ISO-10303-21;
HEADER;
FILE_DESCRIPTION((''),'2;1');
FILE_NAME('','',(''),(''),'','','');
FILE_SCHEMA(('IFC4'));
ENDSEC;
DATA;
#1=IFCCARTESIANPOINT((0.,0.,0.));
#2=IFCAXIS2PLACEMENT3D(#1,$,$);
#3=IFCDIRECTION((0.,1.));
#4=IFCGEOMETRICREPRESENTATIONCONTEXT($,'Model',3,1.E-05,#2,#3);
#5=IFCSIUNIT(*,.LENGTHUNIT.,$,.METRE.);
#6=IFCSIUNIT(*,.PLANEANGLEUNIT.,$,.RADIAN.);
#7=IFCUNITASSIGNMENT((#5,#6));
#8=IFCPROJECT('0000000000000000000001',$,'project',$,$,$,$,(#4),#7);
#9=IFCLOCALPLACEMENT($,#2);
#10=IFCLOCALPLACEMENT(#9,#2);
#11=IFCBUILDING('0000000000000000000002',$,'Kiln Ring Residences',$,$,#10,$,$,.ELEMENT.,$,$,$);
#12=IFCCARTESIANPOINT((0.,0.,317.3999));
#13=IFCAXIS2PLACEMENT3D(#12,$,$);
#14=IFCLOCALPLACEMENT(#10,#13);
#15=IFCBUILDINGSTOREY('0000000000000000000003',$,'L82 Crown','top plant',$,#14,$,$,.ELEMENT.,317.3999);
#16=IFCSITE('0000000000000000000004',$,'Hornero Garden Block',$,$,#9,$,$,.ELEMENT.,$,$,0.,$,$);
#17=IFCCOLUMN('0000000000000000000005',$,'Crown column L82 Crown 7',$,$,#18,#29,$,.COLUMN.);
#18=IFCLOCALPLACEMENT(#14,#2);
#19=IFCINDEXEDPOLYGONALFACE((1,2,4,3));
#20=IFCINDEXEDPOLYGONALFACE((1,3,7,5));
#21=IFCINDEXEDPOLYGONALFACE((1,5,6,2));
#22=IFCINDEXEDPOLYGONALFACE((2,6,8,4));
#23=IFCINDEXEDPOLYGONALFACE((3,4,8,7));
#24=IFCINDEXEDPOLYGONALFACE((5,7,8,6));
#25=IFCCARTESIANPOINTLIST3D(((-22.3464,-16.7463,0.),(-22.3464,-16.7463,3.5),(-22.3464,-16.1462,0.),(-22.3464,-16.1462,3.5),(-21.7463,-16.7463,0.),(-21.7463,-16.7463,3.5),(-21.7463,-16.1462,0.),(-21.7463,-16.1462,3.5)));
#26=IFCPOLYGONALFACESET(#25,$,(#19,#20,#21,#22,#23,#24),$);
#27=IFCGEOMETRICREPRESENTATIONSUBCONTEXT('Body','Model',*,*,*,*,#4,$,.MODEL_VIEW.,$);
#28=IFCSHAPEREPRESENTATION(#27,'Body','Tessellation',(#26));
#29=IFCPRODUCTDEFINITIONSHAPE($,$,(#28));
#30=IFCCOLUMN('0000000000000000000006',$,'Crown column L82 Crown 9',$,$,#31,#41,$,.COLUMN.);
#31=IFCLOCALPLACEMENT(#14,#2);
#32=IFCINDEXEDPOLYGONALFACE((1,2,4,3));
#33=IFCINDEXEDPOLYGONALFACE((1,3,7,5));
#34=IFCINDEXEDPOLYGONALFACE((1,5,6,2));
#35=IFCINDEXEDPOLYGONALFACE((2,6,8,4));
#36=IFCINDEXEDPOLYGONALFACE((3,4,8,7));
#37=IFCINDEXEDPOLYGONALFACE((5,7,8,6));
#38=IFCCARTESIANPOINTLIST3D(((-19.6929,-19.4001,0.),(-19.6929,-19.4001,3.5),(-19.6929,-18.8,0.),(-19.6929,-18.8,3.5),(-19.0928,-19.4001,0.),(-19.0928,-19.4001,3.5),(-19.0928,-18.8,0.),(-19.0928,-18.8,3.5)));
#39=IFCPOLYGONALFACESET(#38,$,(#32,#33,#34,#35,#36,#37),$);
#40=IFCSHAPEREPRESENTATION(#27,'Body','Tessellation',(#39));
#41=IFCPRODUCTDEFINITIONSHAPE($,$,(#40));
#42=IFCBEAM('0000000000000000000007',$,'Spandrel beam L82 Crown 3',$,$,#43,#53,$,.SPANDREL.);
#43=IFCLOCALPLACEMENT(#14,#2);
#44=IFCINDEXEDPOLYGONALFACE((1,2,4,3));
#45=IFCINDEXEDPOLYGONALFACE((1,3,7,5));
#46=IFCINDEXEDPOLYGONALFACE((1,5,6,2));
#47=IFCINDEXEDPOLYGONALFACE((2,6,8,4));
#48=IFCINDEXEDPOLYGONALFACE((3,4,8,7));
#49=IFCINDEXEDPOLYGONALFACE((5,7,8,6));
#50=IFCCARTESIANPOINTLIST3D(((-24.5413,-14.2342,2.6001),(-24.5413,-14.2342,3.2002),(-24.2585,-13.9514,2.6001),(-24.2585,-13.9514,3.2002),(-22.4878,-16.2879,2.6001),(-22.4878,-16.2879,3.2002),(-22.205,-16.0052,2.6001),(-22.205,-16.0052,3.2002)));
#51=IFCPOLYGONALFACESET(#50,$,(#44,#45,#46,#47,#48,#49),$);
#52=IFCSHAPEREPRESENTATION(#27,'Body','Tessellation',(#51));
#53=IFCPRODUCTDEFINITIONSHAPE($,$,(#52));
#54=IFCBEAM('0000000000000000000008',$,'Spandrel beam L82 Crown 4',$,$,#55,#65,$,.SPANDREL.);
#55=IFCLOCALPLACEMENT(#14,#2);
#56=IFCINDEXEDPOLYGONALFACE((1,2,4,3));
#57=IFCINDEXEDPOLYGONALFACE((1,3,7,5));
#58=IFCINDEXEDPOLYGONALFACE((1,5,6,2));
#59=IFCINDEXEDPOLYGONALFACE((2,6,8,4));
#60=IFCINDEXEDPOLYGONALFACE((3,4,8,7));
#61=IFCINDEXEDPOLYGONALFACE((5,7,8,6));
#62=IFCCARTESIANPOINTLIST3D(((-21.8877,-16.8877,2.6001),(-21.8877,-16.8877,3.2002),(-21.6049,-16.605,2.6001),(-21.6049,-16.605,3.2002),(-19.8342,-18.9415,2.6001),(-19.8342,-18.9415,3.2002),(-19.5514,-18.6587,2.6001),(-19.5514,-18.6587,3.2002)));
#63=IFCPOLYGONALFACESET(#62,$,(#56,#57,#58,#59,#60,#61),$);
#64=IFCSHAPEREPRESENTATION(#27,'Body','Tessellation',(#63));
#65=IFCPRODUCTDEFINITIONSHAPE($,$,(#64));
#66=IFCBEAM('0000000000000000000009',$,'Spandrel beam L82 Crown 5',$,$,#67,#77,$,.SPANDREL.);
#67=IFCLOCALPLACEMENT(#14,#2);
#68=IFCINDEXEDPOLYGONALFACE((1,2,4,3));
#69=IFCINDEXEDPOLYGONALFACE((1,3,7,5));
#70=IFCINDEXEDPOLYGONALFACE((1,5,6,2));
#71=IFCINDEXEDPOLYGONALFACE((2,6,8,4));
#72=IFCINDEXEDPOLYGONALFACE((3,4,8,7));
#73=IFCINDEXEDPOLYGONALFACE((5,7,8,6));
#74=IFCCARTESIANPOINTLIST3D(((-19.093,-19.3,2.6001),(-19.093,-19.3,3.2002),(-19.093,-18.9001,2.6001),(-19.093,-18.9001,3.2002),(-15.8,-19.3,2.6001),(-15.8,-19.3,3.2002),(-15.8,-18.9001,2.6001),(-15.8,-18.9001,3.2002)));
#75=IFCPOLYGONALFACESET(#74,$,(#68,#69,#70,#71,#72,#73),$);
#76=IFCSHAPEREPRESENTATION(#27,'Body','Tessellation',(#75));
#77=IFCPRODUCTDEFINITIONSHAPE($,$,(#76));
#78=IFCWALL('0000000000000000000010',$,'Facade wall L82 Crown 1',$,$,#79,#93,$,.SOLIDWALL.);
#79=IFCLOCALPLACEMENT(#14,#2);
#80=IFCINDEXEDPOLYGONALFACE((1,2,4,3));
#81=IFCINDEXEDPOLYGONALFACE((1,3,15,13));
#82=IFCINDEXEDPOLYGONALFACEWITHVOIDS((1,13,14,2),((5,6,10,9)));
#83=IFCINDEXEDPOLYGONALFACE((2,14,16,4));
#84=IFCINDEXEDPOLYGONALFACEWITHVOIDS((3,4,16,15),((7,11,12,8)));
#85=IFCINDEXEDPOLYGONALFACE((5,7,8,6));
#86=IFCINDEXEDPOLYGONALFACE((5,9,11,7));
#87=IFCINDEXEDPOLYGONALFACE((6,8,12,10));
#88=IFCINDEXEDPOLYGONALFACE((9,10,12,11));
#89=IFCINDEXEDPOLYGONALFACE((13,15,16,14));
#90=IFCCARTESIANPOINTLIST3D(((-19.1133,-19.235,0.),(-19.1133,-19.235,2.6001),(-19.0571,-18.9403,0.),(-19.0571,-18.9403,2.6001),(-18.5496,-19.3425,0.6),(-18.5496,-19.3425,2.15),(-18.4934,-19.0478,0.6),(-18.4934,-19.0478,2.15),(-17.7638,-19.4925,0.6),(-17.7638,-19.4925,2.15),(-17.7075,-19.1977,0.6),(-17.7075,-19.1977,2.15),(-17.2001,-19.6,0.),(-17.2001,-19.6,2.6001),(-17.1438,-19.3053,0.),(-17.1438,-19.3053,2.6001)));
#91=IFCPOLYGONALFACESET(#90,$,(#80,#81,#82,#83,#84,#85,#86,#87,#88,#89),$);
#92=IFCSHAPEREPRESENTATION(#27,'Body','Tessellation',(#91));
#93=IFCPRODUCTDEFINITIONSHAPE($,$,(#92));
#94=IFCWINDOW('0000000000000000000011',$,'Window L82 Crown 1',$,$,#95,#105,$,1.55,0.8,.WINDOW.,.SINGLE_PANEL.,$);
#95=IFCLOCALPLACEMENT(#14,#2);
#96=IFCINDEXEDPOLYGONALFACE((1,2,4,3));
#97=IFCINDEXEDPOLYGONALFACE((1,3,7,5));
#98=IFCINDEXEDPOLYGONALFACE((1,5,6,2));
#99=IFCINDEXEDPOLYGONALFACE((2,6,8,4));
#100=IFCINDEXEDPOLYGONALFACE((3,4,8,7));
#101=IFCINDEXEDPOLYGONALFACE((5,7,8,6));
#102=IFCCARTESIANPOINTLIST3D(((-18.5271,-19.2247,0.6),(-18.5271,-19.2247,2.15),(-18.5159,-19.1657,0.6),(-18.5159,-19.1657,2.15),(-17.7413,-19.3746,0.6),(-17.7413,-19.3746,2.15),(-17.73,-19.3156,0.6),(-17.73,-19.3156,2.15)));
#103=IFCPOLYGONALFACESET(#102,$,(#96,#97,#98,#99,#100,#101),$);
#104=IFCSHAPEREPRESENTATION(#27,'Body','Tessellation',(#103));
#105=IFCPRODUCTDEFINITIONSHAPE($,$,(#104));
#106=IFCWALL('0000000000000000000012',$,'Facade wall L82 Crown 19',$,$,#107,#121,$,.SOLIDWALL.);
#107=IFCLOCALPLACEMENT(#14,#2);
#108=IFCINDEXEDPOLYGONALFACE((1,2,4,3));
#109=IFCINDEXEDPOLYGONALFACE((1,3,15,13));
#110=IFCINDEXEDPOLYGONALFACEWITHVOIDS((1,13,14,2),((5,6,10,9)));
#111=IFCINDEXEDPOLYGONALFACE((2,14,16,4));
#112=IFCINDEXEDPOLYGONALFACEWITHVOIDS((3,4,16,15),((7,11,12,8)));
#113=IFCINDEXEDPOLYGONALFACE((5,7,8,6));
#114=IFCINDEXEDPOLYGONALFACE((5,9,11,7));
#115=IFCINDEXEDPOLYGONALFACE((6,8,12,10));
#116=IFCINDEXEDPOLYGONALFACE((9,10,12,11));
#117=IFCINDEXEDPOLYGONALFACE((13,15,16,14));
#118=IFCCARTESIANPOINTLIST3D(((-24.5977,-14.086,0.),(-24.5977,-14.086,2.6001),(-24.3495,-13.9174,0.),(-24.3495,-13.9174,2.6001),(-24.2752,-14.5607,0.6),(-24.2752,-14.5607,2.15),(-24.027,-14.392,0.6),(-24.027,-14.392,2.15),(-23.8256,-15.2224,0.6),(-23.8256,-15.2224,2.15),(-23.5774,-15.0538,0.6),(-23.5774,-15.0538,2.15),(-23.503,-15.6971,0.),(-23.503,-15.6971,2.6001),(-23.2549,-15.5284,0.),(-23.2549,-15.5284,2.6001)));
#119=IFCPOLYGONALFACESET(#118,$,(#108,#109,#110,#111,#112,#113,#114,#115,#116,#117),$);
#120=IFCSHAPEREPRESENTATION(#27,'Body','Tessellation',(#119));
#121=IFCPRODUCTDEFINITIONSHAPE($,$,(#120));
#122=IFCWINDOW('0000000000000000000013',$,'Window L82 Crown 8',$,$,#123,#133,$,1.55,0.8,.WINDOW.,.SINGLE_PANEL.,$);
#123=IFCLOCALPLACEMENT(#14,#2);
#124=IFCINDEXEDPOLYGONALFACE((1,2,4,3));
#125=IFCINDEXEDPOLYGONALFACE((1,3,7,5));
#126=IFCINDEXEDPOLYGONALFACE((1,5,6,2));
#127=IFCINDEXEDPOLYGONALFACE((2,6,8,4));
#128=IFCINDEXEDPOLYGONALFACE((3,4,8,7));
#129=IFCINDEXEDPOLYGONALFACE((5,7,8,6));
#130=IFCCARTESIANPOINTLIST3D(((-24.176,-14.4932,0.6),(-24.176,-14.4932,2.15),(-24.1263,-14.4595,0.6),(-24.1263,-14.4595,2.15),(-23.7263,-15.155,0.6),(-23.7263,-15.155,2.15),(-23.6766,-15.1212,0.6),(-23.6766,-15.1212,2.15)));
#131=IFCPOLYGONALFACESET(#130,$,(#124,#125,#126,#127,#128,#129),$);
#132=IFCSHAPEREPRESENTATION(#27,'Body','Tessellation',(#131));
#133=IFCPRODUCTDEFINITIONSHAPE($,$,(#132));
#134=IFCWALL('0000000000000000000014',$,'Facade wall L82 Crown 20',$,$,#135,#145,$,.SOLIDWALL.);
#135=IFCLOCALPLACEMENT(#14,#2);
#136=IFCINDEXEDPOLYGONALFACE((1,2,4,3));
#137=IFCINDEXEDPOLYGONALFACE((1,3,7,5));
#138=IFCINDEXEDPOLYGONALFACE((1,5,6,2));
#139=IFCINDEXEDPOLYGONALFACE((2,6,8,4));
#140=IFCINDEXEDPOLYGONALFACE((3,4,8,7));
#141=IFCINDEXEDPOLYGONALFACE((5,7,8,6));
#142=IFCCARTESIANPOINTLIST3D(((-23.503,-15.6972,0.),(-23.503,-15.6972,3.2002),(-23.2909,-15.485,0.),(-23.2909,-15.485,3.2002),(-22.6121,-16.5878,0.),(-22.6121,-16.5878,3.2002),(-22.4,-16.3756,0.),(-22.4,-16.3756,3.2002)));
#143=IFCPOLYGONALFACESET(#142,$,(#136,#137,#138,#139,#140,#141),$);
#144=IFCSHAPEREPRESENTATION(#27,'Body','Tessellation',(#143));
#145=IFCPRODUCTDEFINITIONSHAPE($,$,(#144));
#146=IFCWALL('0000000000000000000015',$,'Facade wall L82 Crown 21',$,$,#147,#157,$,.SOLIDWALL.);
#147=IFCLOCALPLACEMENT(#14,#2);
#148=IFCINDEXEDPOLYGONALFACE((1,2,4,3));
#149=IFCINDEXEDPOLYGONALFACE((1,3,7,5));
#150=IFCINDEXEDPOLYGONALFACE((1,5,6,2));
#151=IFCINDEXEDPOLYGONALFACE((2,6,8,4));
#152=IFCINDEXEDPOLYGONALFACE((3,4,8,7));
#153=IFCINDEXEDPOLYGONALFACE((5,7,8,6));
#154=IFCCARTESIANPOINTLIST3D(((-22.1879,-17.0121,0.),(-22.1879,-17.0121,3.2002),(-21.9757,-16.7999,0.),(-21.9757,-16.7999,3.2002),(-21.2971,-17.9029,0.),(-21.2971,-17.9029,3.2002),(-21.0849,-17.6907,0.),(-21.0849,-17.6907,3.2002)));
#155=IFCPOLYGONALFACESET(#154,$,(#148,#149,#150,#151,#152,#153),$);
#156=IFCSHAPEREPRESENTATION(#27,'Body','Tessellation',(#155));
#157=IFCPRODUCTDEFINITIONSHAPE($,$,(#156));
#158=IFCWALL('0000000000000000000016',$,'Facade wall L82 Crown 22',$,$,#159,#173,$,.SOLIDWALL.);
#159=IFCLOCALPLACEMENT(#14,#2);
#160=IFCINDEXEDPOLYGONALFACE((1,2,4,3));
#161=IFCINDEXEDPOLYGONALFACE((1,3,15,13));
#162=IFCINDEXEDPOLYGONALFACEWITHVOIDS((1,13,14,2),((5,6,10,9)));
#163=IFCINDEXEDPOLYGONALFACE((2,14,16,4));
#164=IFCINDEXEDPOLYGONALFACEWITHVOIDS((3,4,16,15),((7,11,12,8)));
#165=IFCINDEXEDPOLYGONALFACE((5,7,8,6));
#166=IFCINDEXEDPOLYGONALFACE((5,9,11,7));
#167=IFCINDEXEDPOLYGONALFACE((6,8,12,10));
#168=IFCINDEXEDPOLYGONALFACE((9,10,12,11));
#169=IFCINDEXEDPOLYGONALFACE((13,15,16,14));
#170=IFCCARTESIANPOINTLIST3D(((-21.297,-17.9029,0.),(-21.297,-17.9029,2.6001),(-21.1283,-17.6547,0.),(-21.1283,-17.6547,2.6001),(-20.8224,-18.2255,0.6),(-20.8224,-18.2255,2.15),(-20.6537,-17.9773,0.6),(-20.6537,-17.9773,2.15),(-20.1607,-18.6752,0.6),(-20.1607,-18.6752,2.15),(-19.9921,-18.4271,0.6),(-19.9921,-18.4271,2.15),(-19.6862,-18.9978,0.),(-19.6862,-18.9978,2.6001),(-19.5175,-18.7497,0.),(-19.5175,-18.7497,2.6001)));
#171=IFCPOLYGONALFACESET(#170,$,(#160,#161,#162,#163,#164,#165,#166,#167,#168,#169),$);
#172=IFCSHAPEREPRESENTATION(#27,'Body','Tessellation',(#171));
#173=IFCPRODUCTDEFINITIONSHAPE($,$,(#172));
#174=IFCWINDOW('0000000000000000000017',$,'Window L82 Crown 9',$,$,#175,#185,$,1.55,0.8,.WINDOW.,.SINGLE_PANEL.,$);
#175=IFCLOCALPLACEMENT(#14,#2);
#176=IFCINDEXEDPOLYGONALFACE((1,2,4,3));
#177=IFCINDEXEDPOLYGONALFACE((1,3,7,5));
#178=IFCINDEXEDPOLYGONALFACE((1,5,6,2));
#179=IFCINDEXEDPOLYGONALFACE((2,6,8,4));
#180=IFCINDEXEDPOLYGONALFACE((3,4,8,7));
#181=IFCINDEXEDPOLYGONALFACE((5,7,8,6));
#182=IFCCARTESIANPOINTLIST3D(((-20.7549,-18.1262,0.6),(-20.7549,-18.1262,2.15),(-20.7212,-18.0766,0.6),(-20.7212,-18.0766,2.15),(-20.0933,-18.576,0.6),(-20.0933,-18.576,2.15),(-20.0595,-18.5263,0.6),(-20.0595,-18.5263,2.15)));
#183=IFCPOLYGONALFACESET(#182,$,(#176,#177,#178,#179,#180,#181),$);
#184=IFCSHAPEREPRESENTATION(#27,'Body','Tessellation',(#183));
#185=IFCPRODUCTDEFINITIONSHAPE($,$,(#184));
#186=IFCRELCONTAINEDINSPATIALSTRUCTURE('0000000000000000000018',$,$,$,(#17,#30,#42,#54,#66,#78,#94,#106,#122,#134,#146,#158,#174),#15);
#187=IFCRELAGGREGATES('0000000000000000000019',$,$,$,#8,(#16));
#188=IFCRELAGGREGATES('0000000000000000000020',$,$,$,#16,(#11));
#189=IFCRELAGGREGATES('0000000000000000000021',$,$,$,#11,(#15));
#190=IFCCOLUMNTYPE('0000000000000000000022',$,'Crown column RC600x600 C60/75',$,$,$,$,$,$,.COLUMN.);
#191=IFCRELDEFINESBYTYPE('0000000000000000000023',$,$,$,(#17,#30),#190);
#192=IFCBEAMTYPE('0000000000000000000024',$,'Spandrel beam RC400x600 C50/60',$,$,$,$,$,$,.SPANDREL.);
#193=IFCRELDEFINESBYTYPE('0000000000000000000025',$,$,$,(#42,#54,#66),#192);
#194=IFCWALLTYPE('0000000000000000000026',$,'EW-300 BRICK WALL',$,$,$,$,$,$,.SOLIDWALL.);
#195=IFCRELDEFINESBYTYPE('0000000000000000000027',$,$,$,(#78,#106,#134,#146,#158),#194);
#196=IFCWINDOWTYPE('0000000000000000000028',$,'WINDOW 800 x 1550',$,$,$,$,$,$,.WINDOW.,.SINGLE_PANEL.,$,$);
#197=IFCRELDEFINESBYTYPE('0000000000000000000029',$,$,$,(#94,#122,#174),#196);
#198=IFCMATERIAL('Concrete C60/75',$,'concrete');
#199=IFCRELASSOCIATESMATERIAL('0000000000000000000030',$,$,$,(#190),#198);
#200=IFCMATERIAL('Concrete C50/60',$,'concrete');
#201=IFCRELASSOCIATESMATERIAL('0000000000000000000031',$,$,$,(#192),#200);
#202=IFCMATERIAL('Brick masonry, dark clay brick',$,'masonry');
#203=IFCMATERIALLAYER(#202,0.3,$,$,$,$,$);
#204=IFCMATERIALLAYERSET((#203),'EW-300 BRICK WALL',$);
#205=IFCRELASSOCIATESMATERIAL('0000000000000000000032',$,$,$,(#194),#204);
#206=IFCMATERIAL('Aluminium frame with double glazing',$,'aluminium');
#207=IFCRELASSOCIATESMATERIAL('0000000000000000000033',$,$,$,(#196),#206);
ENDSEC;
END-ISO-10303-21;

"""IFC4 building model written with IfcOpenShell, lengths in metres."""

from ifc_helpers import new_model, si_unit, direction, frame, frame_2d, origin, origin_2d, place, context, subcontext, project, spatial, rectangle, extrude, material, layer, layer_set, material_profile, profile_set, type_object, element, fill, save


model = new_model("IFC4")

# Units and contexts
model_context = context("Model", 3, precision=1e-05, world=origin(), true_north=direction((0.0, 1.0)))
body_context = subcontext(model_context, "Body", "Model", "MODEL_VIEW")
ifc_project = project(units=[si_unit("LENGTHUNIT", "METRE"), si_unit("PLANEANGLEUNIT", "RADIAN")], contexts=[model_context])

# Site, building, storey
site_placement = place(None, origin())
site = spatial("IfcSite", under=ifc_project, at=site_placement, Name="Hornero Garden Block", CompositionType="ELEMENT", RefElevation=0.0)
building_placement = place(site_placement, origin())
building = spatial("IfcBuilding", under=site, at=building_placement, Name="Kiln Ring Residences", CompositionType="ELEMENT")
storey_placement = place(building_placement, frame((0.0, 0.0, 317.3999)))
storey = spatial("IfcBuildingStorey", under=building, at=storey_placement, Name="L82 Crown", Description="top plant", CompositionType="ELEMENT", Elevation=317.3999)

# Columns
ifc_material_1 = material(Name="Concrete C60/75", Category="concrete")
ifc_material_profile_1 = material_profile(ifc_material_1, rectangle(XDim=0.6001, YDim=0.6001, at=origin_2d()), Name="RC600x600")
ifc_profile_set_1 = profile_set([ifc_material_profile_1], Name="Concrete C60/75")
column_type = type_object("IfcColumnType", Name="Crown column RC600x600 C60/75", PredefinedType="COLUMN", material=ifc_profile_set_1)
for number, where, z_axis, x_axis, name in (
    (1, (-22.0464, -16.4463, 0.0), (0.0, 0.0, 1.0), (1.0, 0.0, 0.0), "Crown column L82 Crown 7"),
    (2, (-19.3928, -19.1001, 0.0), (0.0, 0.0, 1.0), (1.0, 0.0, 0.0), "Crown column L82 Crown 9"),
):
    element("IfcColumn", number, at=place(storey_placement, frame(where, z_axis=z_axis, x_axis=x_axis)), inside=storey, type_object=column_type, Name=name, PredefinedType="COLUMN", context=body_context, shape_type="SweptSolid", body=[
        extrude(rectangle(XDim=0.6001, YDim=0.6001, at=origin_2d()), origin(), (0.0, 0.0, 1.0), 3.5),
    ])

# Beams
ifc_material_2 = material(Name="Concrete C50/60", Category="concrete")
ifc_material_profile_2 = material_profile(ifc_material_2, rectangle(XDim=0.3999, YDim=0.6001, at=origin_2d()), Name="RC400x600")
ifc_profile_set_2 = profile_set([ifc_material_profile_2], Name="Concrete C50/60")
beam_type = type_object("IfcBeamType", Name="Spandrel beam RC400x600 C50/60", PredefinedType="SPANDREL", material=ifc_profile_set_2)
for number, where, z_axis, x_axis, name in (
    (3, (-24.3999, -14.0928, 2.9001), (0.707065, -0.707149, 0.0), (0.707149, 0.707065, 0.0), "Spandrel beam L82 Crown 3"),
    (4, (-21.7463, -16.7463, 2.9001), (0.707065, -0.707149, 0.0), (0.707149, 0.707065, 0.0), "Spandrel beam L82 Crown 4"),
):
    element("IfcBeam", number, at=place(storey_placement, frame(where, z_axis=z_axis, x_axis=x_axis)), inside=storey, type_object=beam_type, Name=name, PredefinedType="SPANDREL", context=body_context, shape_type="SweptSolid", body=[
        extrude(rectangle(XDim=0.3999, YDim=0.6001, at=origin_2d()), origin(), (0.0, 0.0, 1.0), 2.9043),
    ])
beam_placement = place(storey_placement, frame((-19.093, -19.1001, 2.9001), z_axis=(1.0, 0.0, 0.0), x_axis=(0.0, 1.0, 0.0)))
element("IfcBeam", 5, at=beam_placement, inside=storey, type_object=beam_type, Name="Spandrel beam L82 Crown 5", PredefinedType="SPANDREL", context=body_context, shape_type="SweptSolid", body=[
    extrude(rectangle(XDim=0.3999, YDim=0.6001, at=origin_2d()), origin(), (0.0, 0.0, 1.0), 3.293),
])

# Walls, openings, windows
ifc_material_3 = material(Name="Brick masonry, dark clay brick", Category="masonry")
ifc_layer_1 = layer(ifc_material_3, 0.3)
ifc_layer_set_1 = layer_set([ifc_layer_1], Name="EW-300 BRICK WALL")
wall_type_1 = type_object("IfcWallType", Name="EW-300 BRICK WALL", PredefinedType="SOLIDWALL", material=ifc_layer_set_1)
wall_1_placement = place(storey_placement, frame((-19.0852, -19.0876, 0.0), z_axis=(0.0, 0.0, 1.0), x_axis=(0.982287, -0.187383, 0.0)))
wall_1 = element("IfcWall", 6, at=wall_1_placement, inside=storey, type_object=wall_type_1, Name="Facade wall L82 Crown 1", PredefinedType="SOLIDWALL", context=body_context, shape_type="SweptSolid", body=[
    extrude(rectangle(XDim=1.9478, YDim=0.3, at=frame_2d((0.9739, 0.0))), origin(), (0.0, 0.0, 1.0), 2.6001),
])
opening_1_placement = place(wall_1_placement, frame((0.574, 0.0, 0.6001)))
opening_1 = element("IfcOpeningElement", 7, at=opening_1_placement, cuts=wall_1, PredefinedType="OPENING", context=body_context, shape_type="SweptSolid", body=[
    extrude(rectangle(XDim=0.8, YDim=1.55, at=frame_2d((0.3999, 0.7749))), frame((0.0, 0.1599, 0.0), z_axis=(0.0, -1.0, 0.0), x_axis=(1.0, 0.0, 0.0)), (0.0, 0.0, 1.0), 0.3201),
])
ifc_material_4 = material(Name="Aluminium frame with double glazing", Category="aluminium")
window_type = type_object("IfcWindowType", Name="WINDOW 800 x 1550", PartitioningType="SINGLE_PANEL", PredefinedType="WINDOW", material=ifc_material_4)
window_1_placement = place(opening_1_placement, origin())
window_1 = element("IfcWindow", 8, at=window_1_placement, inside=storey, type_object=window_type, Name="Window L82 Crown 1", OverallHeight=1.55, OverallWidth=0.8, PartitioningType="SINGLE_PANEL", PredefinedType="WINDOW", context=body_context, shape_type="SweptSolid", body=[
    extrude(rectangle(XDim=0.8, YDim=1.55, at=frame_2d((0.3999, 0.7749))), frame((0.0, 0.03, 0.0), z_axis=(0.0, -1.0, 0.0), x_axis=(1.0, 0.0, 0.0)), (0.0, 0.0, 1.0), 0.0601),
])
fill(opening_1, window_1)
wall_2_placement = place(storey_placement, frame((-24.4736, -14.0017, 0.0), z_axis=(0.0, 0.0, 1.0), x_axis=(0.562025, -0.82712, 0.0)))
wall_2 = element("IfcWall", 9, at=wall_2_placement, inside=storey, type_object=wall_type_1, Name="Facade wall L82 Crown 19", PredefinedType="SOLIDWALL", context=body_context, shape_type="SweptSolid", body=[
    extrude(rectangle(XDim=1.9478, YDim=0.3, at=frame_2d((0.9739, 0.0))), origin(), (0.0, 0.0, 1.0), 2.6001),
])
opening_2_placement = place(wall_2_placement, frame((0.574, 0.0, 0.6001)))
opening_2 = element("IfcOpeningElement", 10, at=opening_2_placement, cuts=wall_2, PredefinedType="OPENING", context=body_context, shape_type="SweptSolid", body=[
    extrude(rectangle(XDim=0.8, YDim=1.55, at=frame_2d((0.3999, 0.7749))), frame((0.0, 0.1599, 0.0), z_axis=(0.0, -1.0, 0.0), x_axis=(1.0, 0.0, 0.0)), (0.0, 0.0, 1.0), 0.3201),
])
window_2_placement = place(opening_2_placement, origin())
window_2 = element("IfcWindow", 11, at=window_2_placement, inside=storey, type_object=window_type, Name="Window L82 Crown 8", OverallHeight=1.55, OverallWidth=0.8, PartitioningType="SINGLE_PANEL", PredefinedType="WINDOW", context=body_context, shape_type="SweptSolid", body=[
    extrude(rectangle(XDim=0.8, YDim=1.55, at=frame_2d((0.3999, 0.7749))), frame((0.0, 0.03, 0.0), z_axis=(0.0, -1.0, 0.0), x_axis=(1.0, 0.0, 0.0)), (0.0, 0.0, 1.0), 0.0601),
])
fill(opening_2, window_2)

# Walls
for number, where, z_axis, x_axis, name in (
    (12, (-23.397, -15.5911, 0.0), (0.0, 0.0, 1.0), (0.707204, -0.70701, 0.0), "Facade wall L82 Crown 20"),
    (13, (-22.0818, -16.906, 0.0), (0.0, 0.0, 1.0), (0.707107, -0.707107, 0.0), "Facade wall L82 Crown 21"),
):
    element("IfcWall", number, at=place(storey_placement, frame(where, z_axis=z_axis, x_axis=x_axis)), inside=storey, type_object=wall_type_1, Name=name, PredefinedType="SOLIDWALL", context=body_context, shape_type="SweptSolid", body=[
        extrude(rectangle(XDim=1.2598, YDim=0.3, at=frame_2d((0.6299, 0.0))), origin(), (0.0, 0.0, 1.0), 3.2002),
    ])

# Wall, opening, window
wall_3_placement = place(storey_placement, frame((-21.2126, -17.7788, 0.0), z_axis=(0.0, 0.0, 1.0), x_axis=(0.827022, -0.562169, 0.0)))
wall_3 = element("IfcWall", 14, at=wall_3_placement, inside=storey, type_object=wall_type_1, Name="Facade wall L82 Crown 22", PredefinedType="SOLIDWALL", context=body_context, shape_type="SweptSolid", body=[
    extrude(rectangle(XDim=1.9478, YDim=0.3, at=frame_2d((0.9739, 0.0))), origin(), (0.0, 0.0, 1.0), 2.6001),
])
opening_3_placement = place(wall_3_placement, frame((0.574, 0.0, 0.6001)))
opening_3 = element("IfcOpeningElement", 15, at=opening_3_placement, cuts=wall_3, PredefinedType="OPENING", context=body_context, shape_type="SweptSolid", body=[
    extrude(rectangle(XDim=0.8, YDim=1.55, at=frame_2d((0.3999, 0.7749))), frame((0.0, 0.1599, 0.0), z_axis=(0.0, -1.0, 0.0), x_axis=(1.0, 0.0, 0.0)), (0.0, 0.0, 1.0), 0.3201),
])
window_3_placement = place(opening_3_placement, origin())
window_3 = element("IfcWindow", 16, at=window_3_placement, inside=storey, type_object=window_type, Name="Window L82 Crown 9", OverallHeight=1.55, OverallWidth=0.8, PartitioningType="SINGLE_PANEL", PredefinedType="WINDOW", context=body_context, shape_type="SweptSolid", body=[
    extrude(rectangle(XDim=0.8, YDim=1.55, at=frame_2d((0.3999, 0.7749))), frame((0.0, 0.03, 0.0), z_axis=(0.0, -1.0, 0.0), x_axis=(1.0, 0.0, 0.0)), (0.0, 0.0, 1.0), 0.0601),
])
fill(opening_3, window_3)

save(model, "model.ifc")
